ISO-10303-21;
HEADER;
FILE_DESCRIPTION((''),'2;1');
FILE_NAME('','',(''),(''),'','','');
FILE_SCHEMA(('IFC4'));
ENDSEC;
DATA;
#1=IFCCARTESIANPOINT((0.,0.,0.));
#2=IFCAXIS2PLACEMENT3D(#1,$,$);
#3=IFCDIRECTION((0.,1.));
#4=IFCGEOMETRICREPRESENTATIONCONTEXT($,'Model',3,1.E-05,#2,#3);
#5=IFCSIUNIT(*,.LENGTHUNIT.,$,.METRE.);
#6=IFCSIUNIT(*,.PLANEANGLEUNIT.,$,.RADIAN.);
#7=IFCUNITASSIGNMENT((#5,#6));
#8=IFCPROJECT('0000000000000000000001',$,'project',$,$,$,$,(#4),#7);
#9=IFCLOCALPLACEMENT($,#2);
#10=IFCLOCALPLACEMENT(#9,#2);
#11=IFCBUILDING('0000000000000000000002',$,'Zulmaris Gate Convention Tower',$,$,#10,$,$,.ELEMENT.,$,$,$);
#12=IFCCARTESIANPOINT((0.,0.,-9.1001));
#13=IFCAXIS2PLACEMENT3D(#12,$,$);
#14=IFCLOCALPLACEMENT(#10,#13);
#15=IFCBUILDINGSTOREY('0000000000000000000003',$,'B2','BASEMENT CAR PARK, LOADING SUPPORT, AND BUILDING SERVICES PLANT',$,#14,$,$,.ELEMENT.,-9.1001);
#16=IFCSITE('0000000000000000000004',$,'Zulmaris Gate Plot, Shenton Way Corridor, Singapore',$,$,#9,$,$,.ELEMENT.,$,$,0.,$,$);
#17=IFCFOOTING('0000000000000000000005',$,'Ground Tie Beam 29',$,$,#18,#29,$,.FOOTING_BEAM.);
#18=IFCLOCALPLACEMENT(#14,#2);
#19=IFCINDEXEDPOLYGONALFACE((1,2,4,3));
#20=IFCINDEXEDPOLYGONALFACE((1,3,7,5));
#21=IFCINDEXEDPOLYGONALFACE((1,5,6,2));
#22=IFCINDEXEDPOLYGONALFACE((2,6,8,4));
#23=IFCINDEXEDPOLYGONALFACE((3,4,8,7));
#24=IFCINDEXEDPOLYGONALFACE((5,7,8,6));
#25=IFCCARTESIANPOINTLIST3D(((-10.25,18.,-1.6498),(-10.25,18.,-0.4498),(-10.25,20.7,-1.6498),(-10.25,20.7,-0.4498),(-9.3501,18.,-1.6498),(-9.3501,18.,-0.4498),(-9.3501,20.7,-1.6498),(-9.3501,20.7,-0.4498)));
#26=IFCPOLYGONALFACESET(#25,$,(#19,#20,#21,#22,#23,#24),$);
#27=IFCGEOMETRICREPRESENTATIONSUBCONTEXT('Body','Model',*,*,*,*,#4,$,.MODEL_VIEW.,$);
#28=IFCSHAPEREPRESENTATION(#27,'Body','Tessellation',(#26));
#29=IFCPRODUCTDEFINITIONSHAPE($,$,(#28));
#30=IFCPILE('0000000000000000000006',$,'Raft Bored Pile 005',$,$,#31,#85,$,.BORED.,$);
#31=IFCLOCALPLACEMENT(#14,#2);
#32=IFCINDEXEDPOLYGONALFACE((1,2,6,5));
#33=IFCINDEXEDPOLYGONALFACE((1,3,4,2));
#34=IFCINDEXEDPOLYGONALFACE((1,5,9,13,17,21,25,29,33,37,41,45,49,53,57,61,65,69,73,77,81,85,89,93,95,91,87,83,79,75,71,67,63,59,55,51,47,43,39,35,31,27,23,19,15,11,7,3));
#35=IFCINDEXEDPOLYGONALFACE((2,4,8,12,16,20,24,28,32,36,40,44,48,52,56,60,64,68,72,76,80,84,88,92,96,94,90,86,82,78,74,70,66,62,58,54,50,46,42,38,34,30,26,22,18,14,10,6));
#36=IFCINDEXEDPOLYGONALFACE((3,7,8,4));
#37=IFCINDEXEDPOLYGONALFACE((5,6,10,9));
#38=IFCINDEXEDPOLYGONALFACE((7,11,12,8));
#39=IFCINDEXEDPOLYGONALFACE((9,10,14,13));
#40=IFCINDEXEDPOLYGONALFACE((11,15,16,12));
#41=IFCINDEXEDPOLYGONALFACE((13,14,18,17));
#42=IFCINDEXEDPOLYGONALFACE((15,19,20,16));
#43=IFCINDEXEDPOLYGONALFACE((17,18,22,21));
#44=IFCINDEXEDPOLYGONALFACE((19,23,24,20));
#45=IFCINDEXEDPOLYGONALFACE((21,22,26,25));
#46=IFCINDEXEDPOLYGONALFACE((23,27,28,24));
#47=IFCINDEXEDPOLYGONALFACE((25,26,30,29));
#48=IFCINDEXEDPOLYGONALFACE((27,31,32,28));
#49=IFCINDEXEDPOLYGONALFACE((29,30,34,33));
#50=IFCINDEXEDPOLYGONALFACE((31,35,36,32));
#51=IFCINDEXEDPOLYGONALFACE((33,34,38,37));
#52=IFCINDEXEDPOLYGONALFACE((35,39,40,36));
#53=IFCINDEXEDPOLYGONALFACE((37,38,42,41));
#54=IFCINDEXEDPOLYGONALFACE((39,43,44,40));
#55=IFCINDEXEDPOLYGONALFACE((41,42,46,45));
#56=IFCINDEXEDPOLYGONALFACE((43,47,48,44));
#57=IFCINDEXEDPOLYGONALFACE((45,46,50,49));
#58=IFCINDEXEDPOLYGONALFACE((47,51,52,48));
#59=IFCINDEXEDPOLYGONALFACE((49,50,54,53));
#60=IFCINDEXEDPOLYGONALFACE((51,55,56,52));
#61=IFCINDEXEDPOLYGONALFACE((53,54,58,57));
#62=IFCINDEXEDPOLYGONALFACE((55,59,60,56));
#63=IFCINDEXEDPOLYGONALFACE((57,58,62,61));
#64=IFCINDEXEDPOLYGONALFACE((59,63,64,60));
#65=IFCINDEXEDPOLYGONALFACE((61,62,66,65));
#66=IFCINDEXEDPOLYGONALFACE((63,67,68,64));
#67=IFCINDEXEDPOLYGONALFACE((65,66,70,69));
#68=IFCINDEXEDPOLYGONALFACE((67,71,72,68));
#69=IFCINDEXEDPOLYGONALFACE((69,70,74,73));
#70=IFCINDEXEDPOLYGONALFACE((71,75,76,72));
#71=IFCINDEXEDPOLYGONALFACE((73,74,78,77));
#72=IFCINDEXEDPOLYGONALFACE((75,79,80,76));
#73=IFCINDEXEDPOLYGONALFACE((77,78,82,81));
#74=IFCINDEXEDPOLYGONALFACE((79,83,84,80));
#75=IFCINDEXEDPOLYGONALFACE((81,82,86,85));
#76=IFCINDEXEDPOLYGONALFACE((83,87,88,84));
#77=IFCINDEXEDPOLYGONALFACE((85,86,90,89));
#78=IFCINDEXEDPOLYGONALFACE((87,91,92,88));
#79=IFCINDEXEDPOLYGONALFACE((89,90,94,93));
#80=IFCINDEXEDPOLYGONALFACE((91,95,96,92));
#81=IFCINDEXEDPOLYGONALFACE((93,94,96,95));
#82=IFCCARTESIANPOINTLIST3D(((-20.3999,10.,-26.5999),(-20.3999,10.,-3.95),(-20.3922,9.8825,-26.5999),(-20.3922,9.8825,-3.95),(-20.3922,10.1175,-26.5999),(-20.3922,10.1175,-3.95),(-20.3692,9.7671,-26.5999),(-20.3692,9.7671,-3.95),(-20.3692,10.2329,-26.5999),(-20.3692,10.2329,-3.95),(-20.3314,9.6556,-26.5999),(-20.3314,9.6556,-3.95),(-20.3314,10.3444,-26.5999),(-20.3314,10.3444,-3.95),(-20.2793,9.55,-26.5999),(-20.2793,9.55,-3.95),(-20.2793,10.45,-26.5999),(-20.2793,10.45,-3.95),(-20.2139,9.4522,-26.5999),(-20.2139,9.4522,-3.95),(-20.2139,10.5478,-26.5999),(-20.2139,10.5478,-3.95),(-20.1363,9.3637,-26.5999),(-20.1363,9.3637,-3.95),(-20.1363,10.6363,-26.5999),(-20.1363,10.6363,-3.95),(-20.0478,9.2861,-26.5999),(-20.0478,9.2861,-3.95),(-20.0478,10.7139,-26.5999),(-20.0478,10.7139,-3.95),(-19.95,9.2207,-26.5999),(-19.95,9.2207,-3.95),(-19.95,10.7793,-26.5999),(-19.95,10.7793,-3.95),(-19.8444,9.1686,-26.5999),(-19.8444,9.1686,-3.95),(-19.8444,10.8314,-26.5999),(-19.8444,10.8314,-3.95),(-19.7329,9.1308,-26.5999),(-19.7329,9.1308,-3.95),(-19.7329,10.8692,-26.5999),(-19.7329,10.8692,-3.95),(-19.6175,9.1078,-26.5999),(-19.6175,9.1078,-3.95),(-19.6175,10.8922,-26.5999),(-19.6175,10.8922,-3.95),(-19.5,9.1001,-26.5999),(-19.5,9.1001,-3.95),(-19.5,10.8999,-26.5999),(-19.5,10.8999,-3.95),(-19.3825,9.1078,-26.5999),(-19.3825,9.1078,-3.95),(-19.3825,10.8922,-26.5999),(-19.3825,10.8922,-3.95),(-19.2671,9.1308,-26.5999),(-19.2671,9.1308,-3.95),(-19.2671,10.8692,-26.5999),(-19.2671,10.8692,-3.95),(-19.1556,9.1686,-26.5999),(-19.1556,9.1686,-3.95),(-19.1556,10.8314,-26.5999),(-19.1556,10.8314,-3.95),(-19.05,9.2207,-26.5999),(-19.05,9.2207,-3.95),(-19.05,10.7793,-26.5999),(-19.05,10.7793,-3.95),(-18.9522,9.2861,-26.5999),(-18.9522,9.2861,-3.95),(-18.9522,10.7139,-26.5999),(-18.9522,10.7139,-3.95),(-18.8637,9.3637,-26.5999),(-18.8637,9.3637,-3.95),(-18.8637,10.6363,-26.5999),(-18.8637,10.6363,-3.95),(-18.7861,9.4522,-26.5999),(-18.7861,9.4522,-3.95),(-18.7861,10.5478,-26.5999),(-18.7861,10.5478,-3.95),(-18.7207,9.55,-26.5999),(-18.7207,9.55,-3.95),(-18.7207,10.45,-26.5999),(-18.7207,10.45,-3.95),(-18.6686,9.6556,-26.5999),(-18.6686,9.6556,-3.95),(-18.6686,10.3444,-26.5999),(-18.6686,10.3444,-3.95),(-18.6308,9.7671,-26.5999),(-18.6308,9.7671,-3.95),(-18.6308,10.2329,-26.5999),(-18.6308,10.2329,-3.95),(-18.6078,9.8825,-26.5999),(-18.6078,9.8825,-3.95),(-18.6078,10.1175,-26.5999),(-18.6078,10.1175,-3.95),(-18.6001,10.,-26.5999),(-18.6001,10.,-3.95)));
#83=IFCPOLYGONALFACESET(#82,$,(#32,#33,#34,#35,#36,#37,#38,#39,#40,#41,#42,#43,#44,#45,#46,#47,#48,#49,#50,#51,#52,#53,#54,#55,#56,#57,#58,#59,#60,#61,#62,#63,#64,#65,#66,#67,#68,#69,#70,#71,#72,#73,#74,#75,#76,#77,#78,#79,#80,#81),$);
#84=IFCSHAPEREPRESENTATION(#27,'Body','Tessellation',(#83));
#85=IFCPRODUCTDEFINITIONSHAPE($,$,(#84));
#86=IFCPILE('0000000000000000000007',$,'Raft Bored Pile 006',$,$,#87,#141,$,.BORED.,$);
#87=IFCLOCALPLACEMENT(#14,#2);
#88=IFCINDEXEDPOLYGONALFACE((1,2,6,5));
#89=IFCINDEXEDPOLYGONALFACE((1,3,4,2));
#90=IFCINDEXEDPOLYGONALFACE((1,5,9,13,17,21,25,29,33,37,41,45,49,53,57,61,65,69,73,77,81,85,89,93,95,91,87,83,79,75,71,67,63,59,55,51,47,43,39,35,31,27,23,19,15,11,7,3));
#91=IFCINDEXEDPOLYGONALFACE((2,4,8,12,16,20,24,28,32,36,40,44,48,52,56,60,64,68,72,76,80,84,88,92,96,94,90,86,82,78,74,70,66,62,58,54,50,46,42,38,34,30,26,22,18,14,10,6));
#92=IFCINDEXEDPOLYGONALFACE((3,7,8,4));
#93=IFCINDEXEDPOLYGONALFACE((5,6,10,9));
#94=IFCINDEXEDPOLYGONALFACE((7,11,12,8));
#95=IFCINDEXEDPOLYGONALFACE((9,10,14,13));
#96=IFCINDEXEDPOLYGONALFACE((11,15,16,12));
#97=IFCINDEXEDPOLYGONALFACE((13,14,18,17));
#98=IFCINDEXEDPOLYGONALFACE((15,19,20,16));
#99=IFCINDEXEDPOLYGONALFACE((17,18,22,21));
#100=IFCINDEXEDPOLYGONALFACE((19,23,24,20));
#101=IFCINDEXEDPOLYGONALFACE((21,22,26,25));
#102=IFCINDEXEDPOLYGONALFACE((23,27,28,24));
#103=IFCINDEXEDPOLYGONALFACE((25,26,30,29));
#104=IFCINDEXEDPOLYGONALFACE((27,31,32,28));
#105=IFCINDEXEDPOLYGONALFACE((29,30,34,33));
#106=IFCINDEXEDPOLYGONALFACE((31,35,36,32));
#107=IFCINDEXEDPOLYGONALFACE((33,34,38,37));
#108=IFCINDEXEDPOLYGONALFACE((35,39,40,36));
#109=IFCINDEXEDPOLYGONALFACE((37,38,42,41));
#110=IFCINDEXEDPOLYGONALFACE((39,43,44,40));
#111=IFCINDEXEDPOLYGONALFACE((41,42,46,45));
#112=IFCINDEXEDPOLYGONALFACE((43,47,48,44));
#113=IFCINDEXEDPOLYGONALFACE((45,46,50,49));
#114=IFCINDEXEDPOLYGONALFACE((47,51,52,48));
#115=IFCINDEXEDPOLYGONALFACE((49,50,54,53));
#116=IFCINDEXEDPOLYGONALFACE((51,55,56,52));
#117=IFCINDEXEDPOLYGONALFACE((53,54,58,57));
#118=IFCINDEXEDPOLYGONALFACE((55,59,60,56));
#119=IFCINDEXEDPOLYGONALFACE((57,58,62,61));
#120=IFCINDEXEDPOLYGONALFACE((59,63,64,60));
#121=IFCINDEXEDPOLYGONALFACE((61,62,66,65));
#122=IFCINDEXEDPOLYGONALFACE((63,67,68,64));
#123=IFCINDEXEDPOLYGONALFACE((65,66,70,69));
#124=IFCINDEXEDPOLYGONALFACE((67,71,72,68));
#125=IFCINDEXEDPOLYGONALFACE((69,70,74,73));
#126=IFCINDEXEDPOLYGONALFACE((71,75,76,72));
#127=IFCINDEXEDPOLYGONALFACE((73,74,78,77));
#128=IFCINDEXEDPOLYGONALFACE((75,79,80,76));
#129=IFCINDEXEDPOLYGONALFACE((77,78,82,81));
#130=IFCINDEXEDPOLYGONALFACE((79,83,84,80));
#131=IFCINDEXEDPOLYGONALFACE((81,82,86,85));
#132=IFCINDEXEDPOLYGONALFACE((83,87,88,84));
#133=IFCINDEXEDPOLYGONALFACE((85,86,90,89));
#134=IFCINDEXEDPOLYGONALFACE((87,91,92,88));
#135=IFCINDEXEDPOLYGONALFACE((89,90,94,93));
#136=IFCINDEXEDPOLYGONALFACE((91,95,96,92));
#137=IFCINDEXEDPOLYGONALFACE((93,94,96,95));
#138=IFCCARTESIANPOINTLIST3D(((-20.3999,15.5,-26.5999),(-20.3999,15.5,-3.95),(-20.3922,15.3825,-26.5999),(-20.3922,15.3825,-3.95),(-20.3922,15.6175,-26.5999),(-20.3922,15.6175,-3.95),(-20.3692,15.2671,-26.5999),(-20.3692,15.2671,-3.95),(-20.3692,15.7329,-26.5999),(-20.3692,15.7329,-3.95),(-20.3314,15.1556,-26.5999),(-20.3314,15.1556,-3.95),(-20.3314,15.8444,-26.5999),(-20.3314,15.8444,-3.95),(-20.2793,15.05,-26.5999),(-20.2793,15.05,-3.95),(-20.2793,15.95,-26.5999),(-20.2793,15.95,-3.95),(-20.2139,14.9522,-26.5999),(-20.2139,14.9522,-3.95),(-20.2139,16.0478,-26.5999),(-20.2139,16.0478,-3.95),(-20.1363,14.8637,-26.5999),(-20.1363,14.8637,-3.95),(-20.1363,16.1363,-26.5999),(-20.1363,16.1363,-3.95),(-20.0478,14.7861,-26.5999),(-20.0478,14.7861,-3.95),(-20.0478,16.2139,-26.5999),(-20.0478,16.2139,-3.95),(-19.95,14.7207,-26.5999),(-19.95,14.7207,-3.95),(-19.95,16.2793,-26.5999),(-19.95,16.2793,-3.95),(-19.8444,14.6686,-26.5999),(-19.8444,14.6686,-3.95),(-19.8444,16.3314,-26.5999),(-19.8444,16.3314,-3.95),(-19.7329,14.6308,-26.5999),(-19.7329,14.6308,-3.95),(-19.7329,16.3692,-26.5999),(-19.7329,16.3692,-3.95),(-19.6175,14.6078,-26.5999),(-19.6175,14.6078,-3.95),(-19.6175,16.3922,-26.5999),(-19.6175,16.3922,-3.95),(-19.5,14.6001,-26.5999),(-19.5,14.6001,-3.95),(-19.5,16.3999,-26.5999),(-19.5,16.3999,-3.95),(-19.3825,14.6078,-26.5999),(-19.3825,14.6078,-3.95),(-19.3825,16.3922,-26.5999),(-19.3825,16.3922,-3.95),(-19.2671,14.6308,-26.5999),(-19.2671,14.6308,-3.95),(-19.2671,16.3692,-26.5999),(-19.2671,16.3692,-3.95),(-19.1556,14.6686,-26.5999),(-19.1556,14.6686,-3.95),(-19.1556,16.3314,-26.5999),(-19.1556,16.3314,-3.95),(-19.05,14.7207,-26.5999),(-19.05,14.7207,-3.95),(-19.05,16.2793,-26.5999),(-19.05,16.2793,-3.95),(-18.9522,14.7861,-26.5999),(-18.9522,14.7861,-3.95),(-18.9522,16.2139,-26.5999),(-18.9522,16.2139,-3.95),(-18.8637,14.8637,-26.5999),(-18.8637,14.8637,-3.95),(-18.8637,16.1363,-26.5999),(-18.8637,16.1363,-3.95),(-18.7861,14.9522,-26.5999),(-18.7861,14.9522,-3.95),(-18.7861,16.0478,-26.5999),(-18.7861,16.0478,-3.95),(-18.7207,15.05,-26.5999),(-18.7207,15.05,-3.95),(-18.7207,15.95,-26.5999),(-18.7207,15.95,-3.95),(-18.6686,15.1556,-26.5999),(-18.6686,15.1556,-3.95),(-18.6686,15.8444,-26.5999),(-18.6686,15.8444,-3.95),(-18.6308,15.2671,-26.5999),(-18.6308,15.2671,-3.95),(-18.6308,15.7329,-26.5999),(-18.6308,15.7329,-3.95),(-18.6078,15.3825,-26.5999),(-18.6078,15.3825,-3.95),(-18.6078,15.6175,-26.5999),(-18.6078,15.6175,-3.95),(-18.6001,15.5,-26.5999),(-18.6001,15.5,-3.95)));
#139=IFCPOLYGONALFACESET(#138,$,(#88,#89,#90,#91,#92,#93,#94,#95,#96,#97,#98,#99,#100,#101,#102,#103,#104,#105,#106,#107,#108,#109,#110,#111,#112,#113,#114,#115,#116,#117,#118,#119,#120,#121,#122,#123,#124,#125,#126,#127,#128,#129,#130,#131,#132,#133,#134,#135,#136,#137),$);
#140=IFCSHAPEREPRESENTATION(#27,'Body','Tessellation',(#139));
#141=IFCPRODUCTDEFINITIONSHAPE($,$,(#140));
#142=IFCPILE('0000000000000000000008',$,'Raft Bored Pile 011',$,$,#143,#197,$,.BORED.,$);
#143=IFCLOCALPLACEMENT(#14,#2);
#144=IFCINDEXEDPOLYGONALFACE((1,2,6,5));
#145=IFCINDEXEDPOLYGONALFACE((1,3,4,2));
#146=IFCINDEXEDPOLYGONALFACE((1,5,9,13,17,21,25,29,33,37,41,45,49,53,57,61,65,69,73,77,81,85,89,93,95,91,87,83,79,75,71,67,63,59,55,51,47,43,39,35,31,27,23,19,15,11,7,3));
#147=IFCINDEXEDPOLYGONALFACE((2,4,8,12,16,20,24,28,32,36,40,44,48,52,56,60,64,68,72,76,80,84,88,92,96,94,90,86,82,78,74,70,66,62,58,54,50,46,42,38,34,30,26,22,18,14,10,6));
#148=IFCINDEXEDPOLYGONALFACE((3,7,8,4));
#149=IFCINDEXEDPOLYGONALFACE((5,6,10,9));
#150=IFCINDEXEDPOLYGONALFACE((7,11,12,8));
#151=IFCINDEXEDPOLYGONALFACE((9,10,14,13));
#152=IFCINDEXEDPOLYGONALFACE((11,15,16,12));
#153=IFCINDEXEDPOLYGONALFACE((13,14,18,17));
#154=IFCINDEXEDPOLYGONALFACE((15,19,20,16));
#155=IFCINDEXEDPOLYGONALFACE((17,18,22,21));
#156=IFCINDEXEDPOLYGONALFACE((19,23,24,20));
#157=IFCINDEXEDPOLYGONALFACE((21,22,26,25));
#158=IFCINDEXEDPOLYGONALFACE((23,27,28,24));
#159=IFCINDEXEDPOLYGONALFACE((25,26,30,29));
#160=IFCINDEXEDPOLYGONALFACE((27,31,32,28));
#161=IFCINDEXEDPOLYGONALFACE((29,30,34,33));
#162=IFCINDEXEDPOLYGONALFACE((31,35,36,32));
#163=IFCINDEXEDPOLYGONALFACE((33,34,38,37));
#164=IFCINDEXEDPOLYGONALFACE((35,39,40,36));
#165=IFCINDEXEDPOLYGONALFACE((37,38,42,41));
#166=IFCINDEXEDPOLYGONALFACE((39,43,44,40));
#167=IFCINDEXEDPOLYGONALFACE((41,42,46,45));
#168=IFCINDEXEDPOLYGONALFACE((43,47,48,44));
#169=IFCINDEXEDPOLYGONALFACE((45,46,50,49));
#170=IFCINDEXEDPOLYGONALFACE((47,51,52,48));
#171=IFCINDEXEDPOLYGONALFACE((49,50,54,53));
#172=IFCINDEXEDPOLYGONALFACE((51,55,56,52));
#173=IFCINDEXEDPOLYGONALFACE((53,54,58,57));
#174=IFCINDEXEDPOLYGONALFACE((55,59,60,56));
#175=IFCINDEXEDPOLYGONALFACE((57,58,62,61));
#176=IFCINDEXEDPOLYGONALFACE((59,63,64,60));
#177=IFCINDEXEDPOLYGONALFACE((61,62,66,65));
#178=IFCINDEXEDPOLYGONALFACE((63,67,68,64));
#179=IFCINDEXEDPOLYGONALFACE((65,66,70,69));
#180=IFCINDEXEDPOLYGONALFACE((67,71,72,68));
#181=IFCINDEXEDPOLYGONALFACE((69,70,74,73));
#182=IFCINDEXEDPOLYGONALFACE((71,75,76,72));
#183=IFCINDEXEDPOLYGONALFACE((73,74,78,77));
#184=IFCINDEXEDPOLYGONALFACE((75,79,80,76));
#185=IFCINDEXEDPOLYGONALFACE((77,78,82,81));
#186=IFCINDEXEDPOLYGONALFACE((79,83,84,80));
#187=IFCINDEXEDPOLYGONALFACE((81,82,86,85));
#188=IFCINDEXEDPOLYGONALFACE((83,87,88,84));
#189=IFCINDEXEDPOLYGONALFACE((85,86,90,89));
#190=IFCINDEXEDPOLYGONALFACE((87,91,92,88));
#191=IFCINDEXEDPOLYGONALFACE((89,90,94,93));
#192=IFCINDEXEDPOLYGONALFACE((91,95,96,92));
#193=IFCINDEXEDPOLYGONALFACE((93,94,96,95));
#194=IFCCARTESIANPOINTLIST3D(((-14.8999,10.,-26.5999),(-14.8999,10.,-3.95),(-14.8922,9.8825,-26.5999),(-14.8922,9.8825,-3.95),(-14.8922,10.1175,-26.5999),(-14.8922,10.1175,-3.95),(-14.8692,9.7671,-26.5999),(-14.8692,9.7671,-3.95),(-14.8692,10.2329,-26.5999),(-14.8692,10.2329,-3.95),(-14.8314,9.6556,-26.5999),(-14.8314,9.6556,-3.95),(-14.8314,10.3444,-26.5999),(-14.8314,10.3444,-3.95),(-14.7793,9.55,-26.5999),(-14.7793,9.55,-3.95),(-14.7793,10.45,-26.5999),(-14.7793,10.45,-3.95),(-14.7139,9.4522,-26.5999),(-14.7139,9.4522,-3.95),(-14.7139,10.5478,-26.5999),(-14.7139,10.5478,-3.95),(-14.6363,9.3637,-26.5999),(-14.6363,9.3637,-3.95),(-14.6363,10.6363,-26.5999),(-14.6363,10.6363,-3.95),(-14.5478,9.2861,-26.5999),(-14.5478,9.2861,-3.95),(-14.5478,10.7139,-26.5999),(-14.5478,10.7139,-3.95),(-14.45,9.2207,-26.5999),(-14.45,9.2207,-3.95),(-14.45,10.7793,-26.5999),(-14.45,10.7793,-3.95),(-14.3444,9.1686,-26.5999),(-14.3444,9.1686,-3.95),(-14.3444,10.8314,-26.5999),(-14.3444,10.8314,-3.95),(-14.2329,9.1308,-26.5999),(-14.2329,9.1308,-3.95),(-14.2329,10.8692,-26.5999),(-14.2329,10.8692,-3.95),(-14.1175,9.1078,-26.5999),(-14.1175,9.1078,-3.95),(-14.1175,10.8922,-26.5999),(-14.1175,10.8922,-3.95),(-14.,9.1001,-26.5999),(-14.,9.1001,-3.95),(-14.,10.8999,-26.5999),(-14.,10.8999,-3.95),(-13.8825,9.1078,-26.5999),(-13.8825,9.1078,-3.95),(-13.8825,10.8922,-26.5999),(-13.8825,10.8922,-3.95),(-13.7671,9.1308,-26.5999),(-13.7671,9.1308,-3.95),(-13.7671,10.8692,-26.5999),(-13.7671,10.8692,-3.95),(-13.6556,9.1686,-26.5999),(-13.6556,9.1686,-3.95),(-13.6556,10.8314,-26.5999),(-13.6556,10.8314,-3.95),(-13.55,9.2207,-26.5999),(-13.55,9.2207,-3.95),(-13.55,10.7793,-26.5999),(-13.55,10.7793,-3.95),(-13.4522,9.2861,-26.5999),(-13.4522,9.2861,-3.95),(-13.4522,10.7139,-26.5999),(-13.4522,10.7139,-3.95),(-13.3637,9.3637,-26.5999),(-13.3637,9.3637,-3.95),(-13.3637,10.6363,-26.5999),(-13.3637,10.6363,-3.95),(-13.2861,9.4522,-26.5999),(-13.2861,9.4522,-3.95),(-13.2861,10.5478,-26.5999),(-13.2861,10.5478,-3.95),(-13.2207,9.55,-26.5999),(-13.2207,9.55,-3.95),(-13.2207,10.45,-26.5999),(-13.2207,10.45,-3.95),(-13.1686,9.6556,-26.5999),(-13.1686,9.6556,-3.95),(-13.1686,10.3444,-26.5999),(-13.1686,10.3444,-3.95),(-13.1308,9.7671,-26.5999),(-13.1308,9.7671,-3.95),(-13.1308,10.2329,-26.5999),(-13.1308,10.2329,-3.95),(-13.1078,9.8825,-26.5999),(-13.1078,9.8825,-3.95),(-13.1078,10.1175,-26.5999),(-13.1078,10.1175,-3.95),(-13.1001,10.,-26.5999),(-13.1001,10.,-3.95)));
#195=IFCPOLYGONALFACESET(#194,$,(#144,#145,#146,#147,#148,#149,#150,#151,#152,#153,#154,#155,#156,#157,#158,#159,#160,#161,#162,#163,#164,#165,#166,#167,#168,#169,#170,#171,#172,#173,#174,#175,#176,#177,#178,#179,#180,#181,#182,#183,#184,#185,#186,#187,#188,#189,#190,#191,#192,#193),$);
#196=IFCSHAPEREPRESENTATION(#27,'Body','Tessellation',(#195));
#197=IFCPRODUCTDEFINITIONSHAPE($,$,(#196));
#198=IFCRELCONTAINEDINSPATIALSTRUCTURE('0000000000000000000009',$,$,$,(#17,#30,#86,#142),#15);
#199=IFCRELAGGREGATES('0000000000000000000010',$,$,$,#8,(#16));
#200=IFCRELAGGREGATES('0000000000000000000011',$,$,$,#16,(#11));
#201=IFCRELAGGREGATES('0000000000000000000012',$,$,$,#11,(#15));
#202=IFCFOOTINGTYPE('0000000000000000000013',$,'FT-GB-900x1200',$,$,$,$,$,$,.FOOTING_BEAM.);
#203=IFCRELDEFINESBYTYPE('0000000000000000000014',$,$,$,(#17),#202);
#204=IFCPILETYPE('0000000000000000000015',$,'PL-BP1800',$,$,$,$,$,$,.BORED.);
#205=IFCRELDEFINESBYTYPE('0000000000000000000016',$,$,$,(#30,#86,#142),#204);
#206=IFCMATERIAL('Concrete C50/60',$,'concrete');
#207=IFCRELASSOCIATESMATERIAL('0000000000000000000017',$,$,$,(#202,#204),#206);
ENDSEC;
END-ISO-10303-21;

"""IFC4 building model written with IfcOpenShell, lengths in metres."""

from ifc_helpers import new_model, si_unit, direction, frame, origin, origin_2d, place, context, subcontext, project, spatial, rectangle, circle, extrude, material, material_profile, profile_set, type_object, element, save


model = new_model("IFC4")

# Units and contexts
model_context = context("Model", 3, precision=1e-05, world=origin(), true_north=direction((0.0, 1.0)))
body_context = subcontext(model_context, "Body", "Model", "MODEL_VIEW")
ifc_project = project(units=[si_unit("LENGTHUNIT", "METRE"), si_unit("PLANEANGLEUNIT", "RADIAN")], contexts=[model_context])

# Site, building, storey
site_placement = place(None, origin())
site = spatial("IfcSite", under=ifc_project, at=site_placement, Name="Zulmaris Gate Plot, Shenton Way Corridor, Singapore", CompositionType="ELEMENT", RefElevation=0.0)
building_placement = place(site_placement, origin())
building = spatial("IfcBuilding", under=site, at=building_placement, Name="Zulmaris Gate Convention Tower", CompositionType="ELEMENT")
storey_placement = place(building_placement, frame((0.0, 0.0, -9.1001)))
storey = spatial("IfcBuildingStorey", under=building, at=storey_placement, Name="B2", Description="BASEMENT CAR PARK, LOADING SUPPORT, AND BUILDING SERVICES PLANT", CompositionType="ELEMENT", Elevation=-9.1001)

# Footing
ifc_material_1 = material(Name="Concrete C50/60", Category="concrete")
ifc_material_profile_1 = material_profile(ifc_material_1, rectangle(XDim=0.8999, YDim=1.2, at=origin_2d()), Name="RC TIE 900x1200")
ifc_profile_set_1 = profile_set([ifc_material_profile_1], Name="Concrete C50/60")
footing_type = type_object("IfcFootingType", Name="FT-GB-900x1200", PredefinedType="FOOTING_BEAM", material=ifc_profile_set_1)
footing_placement = place(storey_placement, frame((-9.8, 18.0, -1.0498), z_axis=(0.0, 1.0, 0.0), x_axis=(-1.0, 0.0, 0.0)))
element("IfcFooting", 1, at=footing_placement, inside=storey, type_object=footing_type, Name="Ground Tie Beam 29", PredefinedType="FOOTING_BEAM", context=body_context, shape_type="SweptSolid", body=[
    extrude(rectangle(XDim=0.8999, YDim=1.2, at=origin_2d()), origin(), (0.0, 0.0, 1.0), 2.7),
])

# Piles
ifc_material_profile_2 = material_profile(ifc_material_1, circle(Radius=0.8999, at=origin_2d()), Name="BORED PILE 1800")
ifc_profile_set_2 = profile_set([ifc_material_profile_2], Name="Concrete C50/60")
pile_type = type_object("IfcPileType", Name="PL-BP1800", PredefinedType="BORED", material=ifc_profile_set_2)
for number, where, z_axis, x_axis, name in (
    (2, (-19.5, 10.0, -3.95), (0.0, 0.0, -1.0), (1.0, 0.0, 0.0), "Raft Bored Pile 005"),
    (3, (-19.5, 15.5, -3.95), (0.0, 0.0, -1.0), (1.0, 0.0, 0.0), "Raft Bored Pile 006"),
    (4, (-14.0, 10.0, -3.95), (0.0, 0.0, -1.0), (1.0, 0.0, 0.0), "Raft Bored Pile 011"),
):
    element("IfcPile", number, at=place(storey_placement, frame(where, z_axis=z_axis, x_axis=x_axis)), inside=storey, type_object=pile_type, Name=name, PredefinedType="BORED", context=body_context, shape_type="SweptSolid", body=[
        extrude(circle(Radius=0.8999, at=origin_2d()), origin(), (0.0, 0.0, 1.0), 22.6499),
    ])

save(model, "model.ifc")
